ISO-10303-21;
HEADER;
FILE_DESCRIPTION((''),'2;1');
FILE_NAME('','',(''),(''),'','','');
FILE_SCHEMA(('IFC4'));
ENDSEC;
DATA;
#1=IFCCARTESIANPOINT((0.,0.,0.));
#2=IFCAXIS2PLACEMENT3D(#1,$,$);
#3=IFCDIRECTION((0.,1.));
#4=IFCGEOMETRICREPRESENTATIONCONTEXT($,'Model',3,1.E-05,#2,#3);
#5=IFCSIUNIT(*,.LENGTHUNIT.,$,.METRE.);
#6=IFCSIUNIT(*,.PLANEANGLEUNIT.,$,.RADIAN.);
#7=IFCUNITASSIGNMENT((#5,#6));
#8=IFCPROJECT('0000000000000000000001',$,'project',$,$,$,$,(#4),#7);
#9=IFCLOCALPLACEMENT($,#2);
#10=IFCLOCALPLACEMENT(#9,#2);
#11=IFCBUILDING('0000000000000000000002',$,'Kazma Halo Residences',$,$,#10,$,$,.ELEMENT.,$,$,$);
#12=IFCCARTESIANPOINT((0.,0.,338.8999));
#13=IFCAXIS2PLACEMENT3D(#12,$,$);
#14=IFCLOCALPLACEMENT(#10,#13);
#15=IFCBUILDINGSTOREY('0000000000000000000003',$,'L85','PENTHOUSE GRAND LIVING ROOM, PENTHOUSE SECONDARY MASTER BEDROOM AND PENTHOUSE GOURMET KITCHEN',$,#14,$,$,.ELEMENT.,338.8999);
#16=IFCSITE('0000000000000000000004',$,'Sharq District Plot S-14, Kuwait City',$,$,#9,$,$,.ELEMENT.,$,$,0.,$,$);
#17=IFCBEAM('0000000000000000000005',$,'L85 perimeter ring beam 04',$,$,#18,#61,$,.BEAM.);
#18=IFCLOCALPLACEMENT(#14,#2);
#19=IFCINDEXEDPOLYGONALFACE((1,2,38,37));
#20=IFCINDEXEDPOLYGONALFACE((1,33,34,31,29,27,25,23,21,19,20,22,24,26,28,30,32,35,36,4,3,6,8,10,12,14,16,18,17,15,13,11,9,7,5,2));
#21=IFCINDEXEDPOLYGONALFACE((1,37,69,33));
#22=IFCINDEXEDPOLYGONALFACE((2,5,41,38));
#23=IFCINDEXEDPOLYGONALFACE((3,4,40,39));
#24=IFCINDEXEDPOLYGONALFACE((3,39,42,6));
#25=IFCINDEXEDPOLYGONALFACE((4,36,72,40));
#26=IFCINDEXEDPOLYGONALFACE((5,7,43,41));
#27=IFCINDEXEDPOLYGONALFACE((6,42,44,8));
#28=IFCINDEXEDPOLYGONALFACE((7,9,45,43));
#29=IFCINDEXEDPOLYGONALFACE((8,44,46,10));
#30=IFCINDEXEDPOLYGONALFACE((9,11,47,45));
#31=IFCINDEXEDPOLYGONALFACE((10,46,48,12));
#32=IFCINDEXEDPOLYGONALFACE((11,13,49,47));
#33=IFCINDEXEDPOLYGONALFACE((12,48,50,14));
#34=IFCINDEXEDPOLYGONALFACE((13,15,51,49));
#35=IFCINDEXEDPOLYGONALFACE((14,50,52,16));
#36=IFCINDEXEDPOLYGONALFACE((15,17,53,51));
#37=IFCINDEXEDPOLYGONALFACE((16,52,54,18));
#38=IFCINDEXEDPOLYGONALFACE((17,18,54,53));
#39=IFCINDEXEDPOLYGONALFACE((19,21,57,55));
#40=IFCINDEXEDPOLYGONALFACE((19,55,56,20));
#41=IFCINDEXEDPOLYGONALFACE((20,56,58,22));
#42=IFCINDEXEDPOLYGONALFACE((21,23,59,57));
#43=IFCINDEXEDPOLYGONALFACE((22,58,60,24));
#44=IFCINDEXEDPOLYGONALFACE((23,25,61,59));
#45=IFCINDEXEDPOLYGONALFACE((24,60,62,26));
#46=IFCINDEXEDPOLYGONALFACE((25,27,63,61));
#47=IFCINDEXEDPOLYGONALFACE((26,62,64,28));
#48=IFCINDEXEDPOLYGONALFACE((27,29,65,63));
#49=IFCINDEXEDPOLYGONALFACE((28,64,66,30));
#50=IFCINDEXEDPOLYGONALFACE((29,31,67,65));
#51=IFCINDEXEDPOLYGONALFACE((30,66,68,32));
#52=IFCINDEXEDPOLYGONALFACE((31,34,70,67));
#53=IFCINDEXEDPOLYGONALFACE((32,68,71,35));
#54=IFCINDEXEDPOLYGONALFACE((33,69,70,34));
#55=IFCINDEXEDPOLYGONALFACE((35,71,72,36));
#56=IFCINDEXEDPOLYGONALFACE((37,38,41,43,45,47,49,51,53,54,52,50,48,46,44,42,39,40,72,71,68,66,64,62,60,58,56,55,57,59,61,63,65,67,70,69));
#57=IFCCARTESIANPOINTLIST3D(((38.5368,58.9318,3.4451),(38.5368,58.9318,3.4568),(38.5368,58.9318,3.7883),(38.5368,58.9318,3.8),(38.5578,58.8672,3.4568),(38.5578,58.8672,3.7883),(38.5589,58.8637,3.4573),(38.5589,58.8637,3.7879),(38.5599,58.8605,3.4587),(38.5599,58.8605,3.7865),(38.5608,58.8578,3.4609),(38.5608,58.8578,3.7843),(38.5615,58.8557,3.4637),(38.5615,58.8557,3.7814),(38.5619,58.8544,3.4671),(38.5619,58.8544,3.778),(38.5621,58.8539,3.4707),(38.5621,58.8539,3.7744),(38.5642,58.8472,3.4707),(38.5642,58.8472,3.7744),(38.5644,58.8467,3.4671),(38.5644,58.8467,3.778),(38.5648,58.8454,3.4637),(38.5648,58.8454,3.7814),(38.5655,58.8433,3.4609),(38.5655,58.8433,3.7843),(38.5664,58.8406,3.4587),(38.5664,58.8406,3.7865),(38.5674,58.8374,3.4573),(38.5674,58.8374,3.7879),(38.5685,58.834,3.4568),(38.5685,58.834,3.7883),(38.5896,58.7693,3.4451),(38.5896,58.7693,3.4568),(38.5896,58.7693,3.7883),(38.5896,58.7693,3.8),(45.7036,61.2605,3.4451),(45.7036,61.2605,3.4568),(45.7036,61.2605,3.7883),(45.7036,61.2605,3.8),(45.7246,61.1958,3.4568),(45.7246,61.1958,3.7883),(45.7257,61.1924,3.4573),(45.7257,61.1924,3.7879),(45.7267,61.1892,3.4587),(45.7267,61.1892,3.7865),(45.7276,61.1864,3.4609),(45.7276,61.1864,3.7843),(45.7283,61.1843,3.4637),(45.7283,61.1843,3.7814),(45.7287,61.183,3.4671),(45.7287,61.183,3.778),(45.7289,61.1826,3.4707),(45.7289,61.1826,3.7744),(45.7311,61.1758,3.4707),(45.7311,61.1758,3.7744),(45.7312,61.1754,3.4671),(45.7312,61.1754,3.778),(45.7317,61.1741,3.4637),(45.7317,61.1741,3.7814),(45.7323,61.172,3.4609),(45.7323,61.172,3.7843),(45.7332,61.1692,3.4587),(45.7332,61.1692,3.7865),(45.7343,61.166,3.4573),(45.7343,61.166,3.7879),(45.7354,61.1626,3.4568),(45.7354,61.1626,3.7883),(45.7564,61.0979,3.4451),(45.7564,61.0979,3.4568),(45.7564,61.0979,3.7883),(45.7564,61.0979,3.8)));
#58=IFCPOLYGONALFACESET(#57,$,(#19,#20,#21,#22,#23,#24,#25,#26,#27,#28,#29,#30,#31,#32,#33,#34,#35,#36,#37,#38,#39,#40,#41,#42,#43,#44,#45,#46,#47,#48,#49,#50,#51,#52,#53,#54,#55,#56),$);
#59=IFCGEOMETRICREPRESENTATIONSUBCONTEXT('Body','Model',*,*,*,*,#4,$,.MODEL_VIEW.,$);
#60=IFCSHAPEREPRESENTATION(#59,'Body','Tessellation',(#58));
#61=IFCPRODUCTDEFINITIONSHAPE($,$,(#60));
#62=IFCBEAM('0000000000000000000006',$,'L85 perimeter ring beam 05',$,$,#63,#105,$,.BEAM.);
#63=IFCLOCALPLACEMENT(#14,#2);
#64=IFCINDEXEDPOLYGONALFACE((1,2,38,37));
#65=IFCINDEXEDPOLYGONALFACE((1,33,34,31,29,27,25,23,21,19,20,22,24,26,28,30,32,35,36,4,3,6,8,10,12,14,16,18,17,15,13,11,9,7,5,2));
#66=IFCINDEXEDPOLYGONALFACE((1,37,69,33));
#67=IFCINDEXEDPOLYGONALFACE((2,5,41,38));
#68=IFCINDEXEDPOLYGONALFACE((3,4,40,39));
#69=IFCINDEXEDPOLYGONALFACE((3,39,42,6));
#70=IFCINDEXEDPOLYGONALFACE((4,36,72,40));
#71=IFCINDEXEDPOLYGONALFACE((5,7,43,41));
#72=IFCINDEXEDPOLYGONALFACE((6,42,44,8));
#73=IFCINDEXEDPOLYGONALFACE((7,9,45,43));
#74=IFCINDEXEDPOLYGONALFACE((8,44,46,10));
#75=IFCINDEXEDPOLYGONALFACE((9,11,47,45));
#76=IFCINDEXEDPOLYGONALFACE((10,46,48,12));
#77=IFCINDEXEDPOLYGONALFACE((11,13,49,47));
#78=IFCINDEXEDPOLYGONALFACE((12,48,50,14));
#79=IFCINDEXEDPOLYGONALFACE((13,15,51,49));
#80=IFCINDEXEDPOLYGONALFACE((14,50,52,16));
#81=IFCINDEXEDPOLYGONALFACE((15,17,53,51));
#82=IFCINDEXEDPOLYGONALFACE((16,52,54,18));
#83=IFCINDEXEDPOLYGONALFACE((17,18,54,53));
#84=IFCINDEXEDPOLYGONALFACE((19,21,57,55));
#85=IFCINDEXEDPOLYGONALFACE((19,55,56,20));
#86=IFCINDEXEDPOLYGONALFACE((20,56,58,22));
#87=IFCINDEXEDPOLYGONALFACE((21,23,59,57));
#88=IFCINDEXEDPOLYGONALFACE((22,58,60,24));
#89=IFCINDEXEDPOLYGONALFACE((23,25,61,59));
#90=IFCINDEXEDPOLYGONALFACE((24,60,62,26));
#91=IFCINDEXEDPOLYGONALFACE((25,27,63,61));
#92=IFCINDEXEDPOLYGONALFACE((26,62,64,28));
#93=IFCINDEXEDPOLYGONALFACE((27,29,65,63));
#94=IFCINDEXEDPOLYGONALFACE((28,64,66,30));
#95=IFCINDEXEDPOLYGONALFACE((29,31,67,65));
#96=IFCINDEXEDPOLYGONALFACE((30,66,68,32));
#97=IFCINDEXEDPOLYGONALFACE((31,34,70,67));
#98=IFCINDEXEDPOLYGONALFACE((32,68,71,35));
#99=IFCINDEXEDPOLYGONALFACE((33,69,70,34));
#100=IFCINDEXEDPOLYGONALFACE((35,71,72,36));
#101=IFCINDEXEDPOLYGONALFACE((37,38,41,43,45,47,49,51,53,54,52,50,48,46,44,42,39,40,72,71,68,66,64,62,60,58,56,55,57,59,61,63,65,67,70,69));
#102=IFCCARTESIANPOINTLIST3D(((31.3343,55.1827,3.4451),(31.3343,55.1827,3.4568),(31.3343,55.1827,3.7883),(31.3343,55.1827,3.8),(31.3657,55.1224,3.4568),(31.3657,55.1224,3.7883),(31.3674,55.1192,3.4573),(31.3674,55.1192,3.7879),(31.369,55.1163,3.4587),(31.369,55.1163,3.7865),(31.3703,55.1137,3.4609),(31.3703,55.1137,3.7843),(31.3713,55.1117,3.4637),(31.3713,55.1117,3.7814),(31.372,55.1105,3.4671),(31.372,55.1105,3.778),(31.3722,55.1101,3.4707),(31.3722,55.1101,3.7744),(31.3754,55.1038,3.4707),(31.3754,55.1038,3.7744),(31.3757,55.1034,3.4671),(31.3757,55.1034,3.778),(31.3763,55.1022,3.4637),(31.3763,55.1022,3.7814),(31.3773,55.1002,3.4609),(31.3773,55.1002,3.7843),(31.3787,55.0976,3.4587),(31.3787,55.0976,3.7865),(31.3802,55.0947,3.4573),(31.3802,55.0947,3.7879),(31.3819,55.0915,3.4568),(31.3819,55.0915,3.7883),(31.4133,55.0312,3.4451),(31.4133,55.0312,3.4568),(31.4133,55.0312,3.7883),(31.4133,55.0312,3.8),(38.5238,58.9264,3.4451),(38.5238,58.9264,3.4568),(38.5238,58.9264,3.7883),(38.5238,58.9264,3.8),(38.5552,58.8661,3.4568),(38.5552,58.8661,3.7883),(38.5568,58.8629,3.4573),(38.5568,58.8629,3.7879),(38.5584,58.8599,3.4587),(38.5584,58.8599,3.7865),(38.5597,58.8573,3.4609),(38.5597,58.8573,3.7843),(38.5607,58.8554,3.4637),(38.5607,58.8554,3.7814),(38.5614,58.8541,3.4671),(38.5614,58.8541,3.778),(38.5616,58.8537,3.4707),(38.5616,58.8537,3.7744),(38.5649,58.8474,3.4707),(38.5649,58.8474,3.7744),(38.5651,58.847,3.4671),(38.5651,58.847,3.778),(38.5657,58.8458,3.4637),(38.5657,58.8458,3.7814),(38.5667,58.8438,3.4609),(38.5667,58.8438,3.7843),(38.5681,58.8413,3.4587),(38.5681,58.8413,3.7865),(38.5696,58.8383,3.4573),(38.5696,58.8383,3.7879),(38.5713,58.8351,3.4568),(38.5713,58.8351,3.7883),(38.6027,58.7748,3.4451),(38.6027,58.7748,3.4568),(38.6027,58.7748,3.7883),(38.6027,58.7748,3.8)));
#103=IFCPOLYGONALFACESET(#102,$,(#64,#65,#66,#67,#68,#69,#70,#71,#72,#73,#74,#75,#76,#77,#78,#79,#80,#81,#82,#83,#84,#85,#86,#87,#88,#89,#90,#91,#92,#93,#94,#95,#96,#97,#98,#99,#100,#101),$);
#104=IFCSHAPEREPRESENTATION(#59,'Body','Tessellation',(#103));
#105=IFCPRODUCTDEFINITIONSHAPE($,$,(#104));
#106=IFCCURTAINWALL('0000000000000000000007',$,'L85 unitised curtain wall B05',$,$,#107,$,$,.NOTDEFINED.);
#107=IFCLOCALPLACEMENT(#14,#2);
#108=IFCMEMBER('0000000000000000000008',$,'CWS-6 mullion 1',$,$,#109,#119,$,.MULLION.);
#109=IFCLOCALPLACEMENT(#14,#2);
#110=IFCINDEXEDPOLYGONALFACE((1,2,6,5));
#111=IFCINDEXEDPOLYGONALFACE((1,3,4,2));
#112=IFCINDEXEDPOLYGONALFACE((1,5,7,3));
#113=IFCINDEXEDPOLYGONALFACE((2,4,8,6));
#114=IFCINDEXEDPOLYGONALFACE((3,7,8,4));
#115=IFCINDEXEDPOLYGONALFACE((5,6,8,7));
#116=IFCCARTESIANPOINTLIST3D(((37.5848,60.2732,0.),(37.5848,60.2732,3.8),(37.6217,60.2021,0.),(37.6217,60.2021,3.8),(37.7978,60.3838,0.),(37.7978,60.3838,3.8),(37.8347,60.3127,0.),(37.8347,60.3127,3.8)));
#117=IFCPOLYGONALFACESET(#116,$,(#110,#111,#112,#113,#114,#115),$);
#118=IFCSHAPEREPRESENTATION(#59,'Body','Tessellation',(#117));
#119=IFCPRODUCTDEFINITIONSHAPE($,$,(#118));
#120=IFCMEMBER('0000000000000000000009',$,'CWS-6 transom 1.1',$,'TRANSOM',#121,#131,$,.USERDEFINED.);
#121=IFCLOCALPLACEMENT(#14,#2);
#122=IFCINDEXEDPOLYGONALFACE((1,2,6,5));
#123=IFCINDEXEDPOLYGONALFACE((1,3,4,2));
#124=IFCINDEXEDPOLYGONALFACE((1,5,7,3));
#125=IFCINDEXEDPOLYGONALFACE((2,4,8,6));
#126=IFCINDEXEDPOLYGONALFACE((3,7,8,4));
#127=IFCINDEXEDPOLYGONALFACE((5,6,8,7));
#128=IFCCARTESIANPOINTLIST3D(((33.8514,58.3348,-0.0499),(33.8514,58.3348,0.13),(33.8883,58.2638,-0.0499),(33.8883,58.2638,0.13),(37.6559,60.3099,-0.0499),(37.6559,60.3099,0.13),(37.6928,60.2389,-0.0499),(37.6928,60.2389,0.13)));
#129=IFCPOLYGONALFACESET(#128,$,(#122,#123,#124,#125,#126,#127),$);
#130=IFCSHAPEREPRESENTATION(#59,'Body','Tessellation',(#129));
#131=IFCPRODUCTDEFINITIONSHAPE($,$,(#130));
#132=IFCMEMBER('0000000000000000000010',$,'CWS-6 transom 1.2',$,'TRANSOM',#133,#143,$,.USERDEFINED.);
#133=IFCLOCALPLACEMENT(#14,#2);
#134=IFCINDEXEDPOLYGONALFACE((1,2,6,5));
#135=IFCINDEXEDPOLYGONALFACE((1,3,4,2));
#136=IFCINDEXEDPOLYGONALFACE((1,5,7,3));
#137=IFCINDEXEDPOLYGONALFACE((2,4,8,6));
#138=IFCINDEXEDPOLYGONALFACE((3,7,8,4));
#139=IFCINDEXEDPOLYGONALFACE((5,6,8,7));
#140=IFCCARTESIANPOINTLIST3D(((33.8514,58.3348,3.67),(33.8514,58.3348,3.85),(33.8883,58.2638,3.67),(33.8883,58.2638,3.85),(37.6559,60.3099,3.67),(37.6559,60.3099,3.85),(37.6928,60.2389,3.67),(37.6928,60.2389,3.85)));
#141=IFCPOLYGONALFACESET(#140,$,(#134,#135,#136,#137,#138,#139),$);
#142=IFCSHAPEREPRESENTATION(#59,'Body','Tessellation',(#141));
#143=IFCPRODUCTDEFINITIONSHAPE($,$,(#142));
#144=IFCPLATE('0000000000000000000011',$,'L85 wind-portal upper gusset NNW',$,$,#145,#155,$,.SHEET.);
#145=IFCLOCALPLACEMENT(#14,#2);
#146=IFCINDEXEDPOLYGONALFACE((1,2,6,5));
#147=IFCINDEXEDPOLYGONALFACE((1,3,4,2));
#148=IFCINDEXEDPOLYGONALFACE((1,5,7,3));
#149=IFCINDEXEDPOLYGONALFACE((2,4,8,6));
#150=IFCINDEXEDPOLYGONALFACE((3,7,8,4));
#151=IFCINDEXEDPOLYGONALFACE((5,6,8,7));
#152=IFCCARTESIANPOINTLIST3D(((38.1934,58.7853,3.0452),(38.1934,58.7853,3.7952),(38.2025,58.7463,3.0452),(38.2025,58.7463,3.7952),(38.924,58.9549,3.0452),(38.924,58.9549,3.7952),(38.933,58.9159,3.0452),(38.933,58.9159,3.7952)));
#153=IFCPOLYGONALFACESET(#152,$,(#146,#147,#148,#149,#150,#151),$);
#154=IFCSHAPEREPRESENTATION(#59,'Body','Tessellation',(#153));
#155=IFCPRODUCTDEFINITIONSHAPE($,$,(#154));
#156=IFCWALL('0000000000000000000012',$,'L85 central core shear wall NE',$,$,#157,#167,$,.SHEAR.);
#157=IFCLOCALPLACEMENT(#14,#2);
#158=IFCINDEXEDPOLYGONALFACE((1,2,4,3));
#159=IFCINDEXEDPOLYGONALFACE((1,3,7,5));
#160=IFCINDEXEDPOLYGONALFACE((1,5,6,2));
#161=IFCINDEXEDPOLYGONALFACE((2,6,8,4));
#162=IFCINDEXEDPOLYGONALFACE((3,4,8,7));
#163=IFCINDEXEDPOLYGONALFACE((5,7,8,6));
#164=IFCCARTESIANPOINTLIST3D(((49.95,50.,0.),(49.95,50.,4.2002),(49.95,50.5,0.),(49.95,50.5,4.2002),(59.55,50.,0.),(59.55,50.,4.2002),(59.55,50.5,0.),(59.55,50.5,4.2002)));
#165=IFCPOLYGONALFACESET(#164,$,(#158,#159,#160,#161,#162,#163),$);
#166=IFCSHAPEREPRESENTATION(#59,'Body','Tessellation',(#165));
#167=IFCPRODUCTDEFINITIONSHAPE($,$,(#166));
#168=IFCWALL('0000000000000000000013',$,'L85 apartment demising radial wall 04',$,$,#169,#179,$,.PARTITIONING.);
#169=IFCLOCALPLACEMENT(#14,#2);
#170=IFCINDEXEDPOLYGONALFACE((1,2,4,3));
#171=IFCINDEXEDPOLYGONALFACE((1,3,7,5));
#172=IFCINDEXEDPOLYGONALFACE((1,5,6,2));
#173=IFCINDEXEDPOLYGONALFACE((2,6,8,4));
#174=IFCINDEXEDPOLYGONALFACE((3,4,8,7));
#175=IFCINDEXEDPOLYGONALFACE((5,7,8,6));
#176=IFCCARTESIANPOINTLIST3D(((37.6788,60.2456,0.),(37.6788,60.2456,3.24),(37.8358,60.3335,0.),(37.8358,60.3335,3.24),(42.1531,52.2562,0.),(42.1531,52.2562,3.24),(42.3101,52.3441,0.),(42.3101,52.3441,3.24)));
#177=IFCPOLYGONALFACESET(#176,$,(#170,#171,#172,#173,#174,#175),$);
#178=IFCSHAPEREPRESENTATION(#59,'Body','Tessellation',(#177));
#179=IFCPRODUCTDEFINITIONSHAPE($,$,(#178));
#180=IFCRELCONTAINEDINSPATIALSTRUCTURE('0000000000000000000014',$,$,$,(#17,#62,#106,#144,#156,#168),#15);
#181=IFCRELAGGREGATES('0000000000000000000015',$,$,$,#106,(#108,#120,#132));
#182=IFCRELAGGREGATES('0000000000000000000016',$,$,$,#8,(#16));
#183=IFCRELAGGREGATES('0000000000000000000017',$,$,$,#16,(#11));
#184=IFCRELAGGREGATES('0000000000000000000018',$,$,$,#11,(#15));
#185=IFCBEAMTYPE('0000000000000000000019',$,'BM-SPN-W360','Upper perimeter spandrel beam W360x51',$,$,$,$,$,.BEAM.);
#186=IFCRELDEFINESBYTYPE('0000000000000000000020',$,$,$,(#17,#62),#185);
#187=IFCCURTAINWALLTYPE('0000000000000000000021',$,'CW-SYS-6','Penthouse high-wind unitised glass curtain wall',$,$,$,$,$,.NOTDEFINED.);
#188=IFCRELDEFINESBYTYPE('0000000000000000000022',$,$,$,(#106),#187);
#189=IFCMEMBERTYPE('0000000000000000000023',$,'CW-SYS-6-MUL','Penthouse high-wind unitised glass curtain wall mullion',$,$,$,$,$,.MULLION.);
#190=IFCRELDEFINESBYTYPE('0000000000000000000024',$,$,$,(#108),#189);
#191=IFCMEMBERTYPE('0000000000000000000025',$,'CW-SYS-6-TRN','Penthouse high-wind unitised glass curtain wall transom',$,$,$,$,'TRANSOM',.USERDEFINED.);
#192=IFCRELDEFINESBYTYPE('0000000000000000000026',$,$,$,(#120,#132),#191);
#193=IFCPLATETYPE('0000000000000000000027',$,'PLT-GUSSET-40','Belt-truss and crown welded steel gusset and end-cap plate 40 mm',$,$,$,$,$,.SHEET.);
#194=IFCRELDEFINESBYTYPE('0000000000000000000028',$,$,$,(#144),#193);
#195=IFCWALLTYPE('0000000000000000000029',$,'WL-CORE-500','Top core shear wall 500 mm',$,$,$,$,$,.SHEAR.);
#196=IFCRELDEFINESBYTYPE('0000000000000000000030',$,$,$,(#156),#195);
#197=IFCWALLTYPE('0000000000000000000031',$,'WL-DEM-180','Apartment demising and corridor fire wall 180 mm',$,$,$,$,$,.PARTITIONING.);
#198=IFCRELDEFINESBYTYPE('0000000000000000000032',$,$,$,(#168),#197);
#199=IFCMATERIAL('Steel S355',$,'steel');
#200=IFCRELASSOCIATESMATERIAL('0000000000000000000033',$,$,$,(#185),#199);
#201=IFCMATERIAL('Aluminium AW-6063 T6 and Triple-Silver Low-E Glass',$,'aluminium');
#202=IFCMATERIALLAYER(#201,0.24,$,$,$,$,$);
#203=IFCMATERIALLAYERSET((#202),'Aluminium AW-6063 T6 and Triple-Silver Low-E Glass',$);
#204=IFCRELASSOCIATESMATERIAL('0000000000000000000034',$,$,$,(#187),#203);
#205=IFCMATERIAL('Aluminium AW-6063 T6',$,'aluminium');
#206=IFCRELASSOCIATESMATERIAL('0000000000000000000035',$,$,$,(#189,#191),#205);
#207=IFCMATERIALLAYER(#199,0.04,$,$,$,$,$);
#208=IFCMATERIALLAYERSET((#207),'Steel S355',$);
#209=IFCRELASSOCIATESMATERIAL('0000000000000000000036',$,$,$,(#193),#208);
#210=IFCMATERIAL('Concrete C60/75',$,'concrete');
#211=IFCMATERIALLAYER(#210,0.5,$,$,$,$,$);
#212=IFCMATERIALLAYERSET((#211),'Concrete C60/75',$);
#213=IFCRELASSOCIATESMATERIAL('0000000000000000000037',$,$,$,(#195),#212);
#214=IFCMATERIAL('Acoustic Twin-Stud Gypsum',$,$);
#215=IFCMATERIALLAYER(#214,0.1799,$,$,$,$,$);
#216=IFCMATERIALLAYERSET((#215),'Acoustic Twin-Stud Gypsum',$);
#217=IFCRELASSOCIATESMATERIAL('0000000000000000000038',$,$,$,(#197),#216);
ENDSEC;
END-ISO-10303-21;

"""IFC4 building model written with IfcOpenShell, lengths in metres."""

from ifc_helpers import new_model, si_unit, direction, frame, frame_2d, origin, origin_2d, place, context, subcontext, project, spatial, rectangle, i_section, extrude, material, layer, layer_set, material_profile, profile_set, type_object, element, aggregate, save


model = new_model("IFC4")

# Units and contexts
model_context = context("Model", 3, precision=1e-05, world=origin(), true_north=direction((0.0, 1.0)))
body_context = subcontext(model_context, "Body", "Model", "MODEL_VIEW")
ifc_project = project(units=[si_unit("LENGTHUNIT", "METRE"), si_unit("PLANEANGLEUNIT", "RADIAN")], contexts=[model_context])

# Site, building, storey
site_placement = place(None, origin())
site = spatial("IfcSite", under=ifc_project, at=site_placement, Name="Sharq District Plot S-14, Kuwait City", CompositionType="ELEMENT", RefElevation=0.0)
building_placement = place(site_placement, origin())
building = spatial("IfcBuilding", under=site, at=building_placement, Name="Kazma Halo Residences", CompositionType="ELEMENT")
storey_placement = place(building_placement, frame((0.0, 0.0, 338.8999)))
storey = spatial("IfcBuildingStorey", under=building, at=storey_placement, Name="L85", Description="PENTHOUSE GRAND LIVING ROOM, PENTHOUSE SECONDARY MASTER BEDROOM AND PENTHOUSE GOURMET KITCHEN", CompositionType="ELEMENT", Elevation=338.8999)

# Shared definitions
ifc_material_1 = material(Name="Concrete C60/75", Category="concrete")

# Beams
ifc_material_2 = material(Name="Steel S355", Category="steel")
ifc_material_profile_1 = material_profile(ifc_material_2, i_section(OverallWidth=0.1709, OverallDepth=0.355, WebThickness=0.0071, FlangeThickness=0.0117, FilletRadius=0.0139, at=origin_2d()), Name="W360x51")
ifc_profile_set_1 = profile_set([ifc_material_profile_1], Name="Steel S355")
beam_type_1 = type_object("IfcBeamType", Name="BM-SPN-W360", Description="Upper perimeter spandrel beam W360x51", PredefinedType="BEAM", material=ifc_profile_set_1)
beam_1_placement = place(storey_placement, frame((45.73, 61.1792, 3.6226), z_axis=(-0.951057, -0.309016, 0.0), x_axis=(0.309016, -0.951057, 0.0)))
element("IfcBeam", 1, at=beam_1_placement, inside=storey, type_object=beam_type_1, Name="L85 perimeter ring beam 04", PredefinedType="BEAM", context=body_context, shape_type="SweptSolid", body=[
    extrude(i_section(OverallWidth=0.1709, OverallDepth=0.355, WebThickness=0.0071, FlangeThickness=0.0117, FilletRadius=0.0139, at=origin_2d()), origin(), (0.0, 0.0, 1.0), 7.5356),
])
beam_2_placement = place(storey_placement, frame((38.5632, 58.8506, 3.6226), z_axis=(-0.886957, -0.461851, 0.0), x_axis=(0.461851, -0.886957, 0.0)))
element("IfcBeam", 2, at=beam_2_placement, inside=storey, type_object=beam_type_1, Name="L85 perimeter ring beam 05", PredefinedType="BEAM", context=body_context, shape_type="SweptSolid", body=[
    extrude(i_section(OverallWidth=0.1709, OverallDepth=0.355, WebThickness=0.0071, FlangeThickness=0.0117, FilletRadius=0.0139, at=origin_2d()), origin(), (0.0, 0.0, 1.0), 8.1057),
])

# Curtain wall, members
ifc_material_3 = material(Name="Aluminium AW-6063 T6 and Triple-Silver Low-E Glass", Category="aluminium")
ifc_layer_1 = layer(ifc_material_3, 0.24)
ifc_layer_set_1 = layer_set([ifc_layer_1], Name="Aluminium AW-6063 T6 and Triple-Silver Low-E Glass")
curtain_wall_type = type_object("IfcCurtainWallType", Name="CW-SYS-6", Description="Penthouse high-wind unitised glass curtain wall", PredefinedType="NOTDEFINED", material=ifc_layer_set_1)
curtain_wall_placement = place(storey_placement, origin())
curtain_wall = element("IfcCurtainWall", 3, at=curtain_wall_placement, inside=storey, type_object=curtain_wall_type, Name="L85 unitised curtain wall B05", PredefinedType="NOTDEFINED")
ifc_material_4 = material(Name="Aluminium AW-6063 T6", Category="aluminium")
ifc_material_profile_2 = material_profile(ifc_material_4, rectangle(XDim=0.0801, YDim=0.24, at=origin_2d()), Name="CWM-80x240")
ifc_profile_set_2 = profile_set([ifc_material_profile_2], Name="Aluminium AW-6063 T6")
member_type_1 = type_object("IfcMemberType", Name="CW-SYS-6-MUL", Description="Penthouse high-wind unitised glass curtain wall mullion", PredefinedType="MULLION", material=ifc_profile_set_2)
member_1_placement = place(storey_placement, frame((37.7097, 60.293, 0.0), z_axis=(0.0, 0.0, 1.0), x_axis=(0.460796, -0.887506, 0.0)))
member_1 = element("IfcMember", 4, at=member_1_placement, type_object=member_type_1, Name="CWS-6 mullion 1", PredefinedType="MULLION", context=body_context, shape_type="SweptSolid", body=[
    extrude(rectangle(XDim=0.0801, YDim=0.24, at=origin_2d()), origin(), (0.0, 0.0, 1.0), 3.8),
])
ifc_material_profile_3 = material_profile(ifc_material_4, rectangle(XDim=0.0801, YDim=0.1799, at=origin_2d()), Name="CWT-80x180")
ifc_profile_set_3 = profile_set([ifc_material_profile_3], Name="Aluminium AW-6063 T6")
member_type_2 = type_object("IfcMemberType", Name="CW-SYS-6-TRN", Description="Penthouse high-wind unitised glass curtain wall transom", ElementType="TRANSOM", PredefinedType="USERDEFINED", material=ifc_profile_set_3)
member_2_placement = place(storey_placement, frame((37.6743, 60.2744, 0.04), z_axis=(-0.887523, -0.460763, 0.0), x_axis=(0.460763, -0.887523, 0.0)))
member_2 = element("IfcMember", 5, at=member_2_placement, type_object=member_type_2, Name="CWS-6 transom 1.1", ObjectType="TRANSOM", PredefinedType="USERDEFINED", context=body_context, shape_type="SweptSolid", body=[
    extrude(rectangle(XDim=0.0801, YDim=0.1799, at=origin_2d()), origin(), (0.0, 0.0, 1.0), 4.2866),
])
member_3_placement = place(storey_placement, frame((37.6743, 60.2744, 3.76), z_axis=(-0.887523, -0.460763, 0.0), x_axis=(0.460763, -0.887523, 0.0)))
member_3 = element("IfcMember", 6, at=member_3_placement, type_object=member_type_2, Name="CWS-6 transom 1.2", ObjectType="TRANSOM", PredefinedType="USERDEFINED", context=body_context, shape_type="SweptSolid", body=[
    extrude(rectangle(XDim=0.0801, YDim=0.1799, at=origin_2d()), origin(), (0.0, 0.0, 1.0), 4.2866),
])
aggregate(curtain_wall, [member_1, member_2, member_3])

# Plate
ifc_layer_2 = layer(ifc_material_2, 0.04)
ifc_layer_set_2 = layer_set([ifc_layer_2], Name="Steel S355")
plate_type = type_object("IfcPlateType", Name="PLT-GUSSET-40", Description="Belt-truss and crown welded steel gusset and end-cap plate 40 mm", PredefinedType="SHEET", material=ifc_layer_set_2)
plate_placement = place(storey_placement, frame((38.5632, 58.8506, 3.0452), z_axis=(0.0, 0.0, 1.0), x_axis=(-0.974084, -0.226188, 0.0)))
element("IfcPlate", 7, at=plate_placement, inside=storey, type_object=plate_type, Name="L85 wind-portal upper gusset NNW", PredefinedType="SHEET", context=body_context, shape_type="SweptSolid", body=[
    extrude(rectangle(XDim=0.75, YDim=0.04, at=origin_2d()), origin(), (0.0, 0.0, 1.0), 0.75),
])

# Walls
ifc_layer_3 = layer(ifc_material_1, 0.5)
ifc_layer_set_3 = layer_set([ifc_layer_3], Name="Concrete C60/75")
wall_type_1 = type_object("IfcWallType", Name="WL-CORE-500", Description="Top core shear wall 500 mm", PredefinedType="SHEAR", material=ifc_layer_set_3)
wall_1_placement = place(storey_placement, frame((49.95, 50.25, 0.0), z_axis=(0.0, 0.0, 1.0), x_axis=(1.0, 0.0, 0.0)))
element("IfcWall", 8, at=wall_1_placement, inside=storey, type_object=wall_type_1, Name="L85 central core shear wall NE", PredefinedType="SHEAR", context=body_context, shape_type="SweptSolid", body=[
    extrude(rectangle(XDim=9.6001, YDim=0.5, at=frame_2d((4.8, 0.0))), origin(), (0.0, 0.0, 1.0), 4.2002),
])
ifc_material_5 = material(Name="Acoustic Twin-Stud Gypsum")
ifc_layer_4 = layer(ifc_material_5, 0.1799)
ifc_layer_set_4 = layer_set([ifc_layer_4], Name="Acoustic Twin-Stud Gypsum")
wall_type_2 = type_object("IfcWallType", Name="WL-DEM-180", Description="Apartment demising and corridor fire wall 180 mm", PredefinedType="PARTITIONING", material=ifc_layer_set_4)
wall_2_placement = place(storey_placement, frame((42.2317, 52.3, 0.0), z_axis=(0.0, 0.0, 1.0), x_axis=(-0.488624, 0.872495, 0.0)))
element("IfcWall", 9, at=wall_2_placement, inside=storey, type_object=wall_type_2, Name="L85 apartment demising radial wall 04", PredefinedType="PARTITIONING", context=body_context, shape_type="SweptSolid", body=[
    extrude(rectangle(XDim=9.157, YDim=0.1799, at=frame_2d((4.5786, 0.0))), origin(), (0.0, 0.0, 1.0), 3.24),
])

save(model, "model.ifc")
